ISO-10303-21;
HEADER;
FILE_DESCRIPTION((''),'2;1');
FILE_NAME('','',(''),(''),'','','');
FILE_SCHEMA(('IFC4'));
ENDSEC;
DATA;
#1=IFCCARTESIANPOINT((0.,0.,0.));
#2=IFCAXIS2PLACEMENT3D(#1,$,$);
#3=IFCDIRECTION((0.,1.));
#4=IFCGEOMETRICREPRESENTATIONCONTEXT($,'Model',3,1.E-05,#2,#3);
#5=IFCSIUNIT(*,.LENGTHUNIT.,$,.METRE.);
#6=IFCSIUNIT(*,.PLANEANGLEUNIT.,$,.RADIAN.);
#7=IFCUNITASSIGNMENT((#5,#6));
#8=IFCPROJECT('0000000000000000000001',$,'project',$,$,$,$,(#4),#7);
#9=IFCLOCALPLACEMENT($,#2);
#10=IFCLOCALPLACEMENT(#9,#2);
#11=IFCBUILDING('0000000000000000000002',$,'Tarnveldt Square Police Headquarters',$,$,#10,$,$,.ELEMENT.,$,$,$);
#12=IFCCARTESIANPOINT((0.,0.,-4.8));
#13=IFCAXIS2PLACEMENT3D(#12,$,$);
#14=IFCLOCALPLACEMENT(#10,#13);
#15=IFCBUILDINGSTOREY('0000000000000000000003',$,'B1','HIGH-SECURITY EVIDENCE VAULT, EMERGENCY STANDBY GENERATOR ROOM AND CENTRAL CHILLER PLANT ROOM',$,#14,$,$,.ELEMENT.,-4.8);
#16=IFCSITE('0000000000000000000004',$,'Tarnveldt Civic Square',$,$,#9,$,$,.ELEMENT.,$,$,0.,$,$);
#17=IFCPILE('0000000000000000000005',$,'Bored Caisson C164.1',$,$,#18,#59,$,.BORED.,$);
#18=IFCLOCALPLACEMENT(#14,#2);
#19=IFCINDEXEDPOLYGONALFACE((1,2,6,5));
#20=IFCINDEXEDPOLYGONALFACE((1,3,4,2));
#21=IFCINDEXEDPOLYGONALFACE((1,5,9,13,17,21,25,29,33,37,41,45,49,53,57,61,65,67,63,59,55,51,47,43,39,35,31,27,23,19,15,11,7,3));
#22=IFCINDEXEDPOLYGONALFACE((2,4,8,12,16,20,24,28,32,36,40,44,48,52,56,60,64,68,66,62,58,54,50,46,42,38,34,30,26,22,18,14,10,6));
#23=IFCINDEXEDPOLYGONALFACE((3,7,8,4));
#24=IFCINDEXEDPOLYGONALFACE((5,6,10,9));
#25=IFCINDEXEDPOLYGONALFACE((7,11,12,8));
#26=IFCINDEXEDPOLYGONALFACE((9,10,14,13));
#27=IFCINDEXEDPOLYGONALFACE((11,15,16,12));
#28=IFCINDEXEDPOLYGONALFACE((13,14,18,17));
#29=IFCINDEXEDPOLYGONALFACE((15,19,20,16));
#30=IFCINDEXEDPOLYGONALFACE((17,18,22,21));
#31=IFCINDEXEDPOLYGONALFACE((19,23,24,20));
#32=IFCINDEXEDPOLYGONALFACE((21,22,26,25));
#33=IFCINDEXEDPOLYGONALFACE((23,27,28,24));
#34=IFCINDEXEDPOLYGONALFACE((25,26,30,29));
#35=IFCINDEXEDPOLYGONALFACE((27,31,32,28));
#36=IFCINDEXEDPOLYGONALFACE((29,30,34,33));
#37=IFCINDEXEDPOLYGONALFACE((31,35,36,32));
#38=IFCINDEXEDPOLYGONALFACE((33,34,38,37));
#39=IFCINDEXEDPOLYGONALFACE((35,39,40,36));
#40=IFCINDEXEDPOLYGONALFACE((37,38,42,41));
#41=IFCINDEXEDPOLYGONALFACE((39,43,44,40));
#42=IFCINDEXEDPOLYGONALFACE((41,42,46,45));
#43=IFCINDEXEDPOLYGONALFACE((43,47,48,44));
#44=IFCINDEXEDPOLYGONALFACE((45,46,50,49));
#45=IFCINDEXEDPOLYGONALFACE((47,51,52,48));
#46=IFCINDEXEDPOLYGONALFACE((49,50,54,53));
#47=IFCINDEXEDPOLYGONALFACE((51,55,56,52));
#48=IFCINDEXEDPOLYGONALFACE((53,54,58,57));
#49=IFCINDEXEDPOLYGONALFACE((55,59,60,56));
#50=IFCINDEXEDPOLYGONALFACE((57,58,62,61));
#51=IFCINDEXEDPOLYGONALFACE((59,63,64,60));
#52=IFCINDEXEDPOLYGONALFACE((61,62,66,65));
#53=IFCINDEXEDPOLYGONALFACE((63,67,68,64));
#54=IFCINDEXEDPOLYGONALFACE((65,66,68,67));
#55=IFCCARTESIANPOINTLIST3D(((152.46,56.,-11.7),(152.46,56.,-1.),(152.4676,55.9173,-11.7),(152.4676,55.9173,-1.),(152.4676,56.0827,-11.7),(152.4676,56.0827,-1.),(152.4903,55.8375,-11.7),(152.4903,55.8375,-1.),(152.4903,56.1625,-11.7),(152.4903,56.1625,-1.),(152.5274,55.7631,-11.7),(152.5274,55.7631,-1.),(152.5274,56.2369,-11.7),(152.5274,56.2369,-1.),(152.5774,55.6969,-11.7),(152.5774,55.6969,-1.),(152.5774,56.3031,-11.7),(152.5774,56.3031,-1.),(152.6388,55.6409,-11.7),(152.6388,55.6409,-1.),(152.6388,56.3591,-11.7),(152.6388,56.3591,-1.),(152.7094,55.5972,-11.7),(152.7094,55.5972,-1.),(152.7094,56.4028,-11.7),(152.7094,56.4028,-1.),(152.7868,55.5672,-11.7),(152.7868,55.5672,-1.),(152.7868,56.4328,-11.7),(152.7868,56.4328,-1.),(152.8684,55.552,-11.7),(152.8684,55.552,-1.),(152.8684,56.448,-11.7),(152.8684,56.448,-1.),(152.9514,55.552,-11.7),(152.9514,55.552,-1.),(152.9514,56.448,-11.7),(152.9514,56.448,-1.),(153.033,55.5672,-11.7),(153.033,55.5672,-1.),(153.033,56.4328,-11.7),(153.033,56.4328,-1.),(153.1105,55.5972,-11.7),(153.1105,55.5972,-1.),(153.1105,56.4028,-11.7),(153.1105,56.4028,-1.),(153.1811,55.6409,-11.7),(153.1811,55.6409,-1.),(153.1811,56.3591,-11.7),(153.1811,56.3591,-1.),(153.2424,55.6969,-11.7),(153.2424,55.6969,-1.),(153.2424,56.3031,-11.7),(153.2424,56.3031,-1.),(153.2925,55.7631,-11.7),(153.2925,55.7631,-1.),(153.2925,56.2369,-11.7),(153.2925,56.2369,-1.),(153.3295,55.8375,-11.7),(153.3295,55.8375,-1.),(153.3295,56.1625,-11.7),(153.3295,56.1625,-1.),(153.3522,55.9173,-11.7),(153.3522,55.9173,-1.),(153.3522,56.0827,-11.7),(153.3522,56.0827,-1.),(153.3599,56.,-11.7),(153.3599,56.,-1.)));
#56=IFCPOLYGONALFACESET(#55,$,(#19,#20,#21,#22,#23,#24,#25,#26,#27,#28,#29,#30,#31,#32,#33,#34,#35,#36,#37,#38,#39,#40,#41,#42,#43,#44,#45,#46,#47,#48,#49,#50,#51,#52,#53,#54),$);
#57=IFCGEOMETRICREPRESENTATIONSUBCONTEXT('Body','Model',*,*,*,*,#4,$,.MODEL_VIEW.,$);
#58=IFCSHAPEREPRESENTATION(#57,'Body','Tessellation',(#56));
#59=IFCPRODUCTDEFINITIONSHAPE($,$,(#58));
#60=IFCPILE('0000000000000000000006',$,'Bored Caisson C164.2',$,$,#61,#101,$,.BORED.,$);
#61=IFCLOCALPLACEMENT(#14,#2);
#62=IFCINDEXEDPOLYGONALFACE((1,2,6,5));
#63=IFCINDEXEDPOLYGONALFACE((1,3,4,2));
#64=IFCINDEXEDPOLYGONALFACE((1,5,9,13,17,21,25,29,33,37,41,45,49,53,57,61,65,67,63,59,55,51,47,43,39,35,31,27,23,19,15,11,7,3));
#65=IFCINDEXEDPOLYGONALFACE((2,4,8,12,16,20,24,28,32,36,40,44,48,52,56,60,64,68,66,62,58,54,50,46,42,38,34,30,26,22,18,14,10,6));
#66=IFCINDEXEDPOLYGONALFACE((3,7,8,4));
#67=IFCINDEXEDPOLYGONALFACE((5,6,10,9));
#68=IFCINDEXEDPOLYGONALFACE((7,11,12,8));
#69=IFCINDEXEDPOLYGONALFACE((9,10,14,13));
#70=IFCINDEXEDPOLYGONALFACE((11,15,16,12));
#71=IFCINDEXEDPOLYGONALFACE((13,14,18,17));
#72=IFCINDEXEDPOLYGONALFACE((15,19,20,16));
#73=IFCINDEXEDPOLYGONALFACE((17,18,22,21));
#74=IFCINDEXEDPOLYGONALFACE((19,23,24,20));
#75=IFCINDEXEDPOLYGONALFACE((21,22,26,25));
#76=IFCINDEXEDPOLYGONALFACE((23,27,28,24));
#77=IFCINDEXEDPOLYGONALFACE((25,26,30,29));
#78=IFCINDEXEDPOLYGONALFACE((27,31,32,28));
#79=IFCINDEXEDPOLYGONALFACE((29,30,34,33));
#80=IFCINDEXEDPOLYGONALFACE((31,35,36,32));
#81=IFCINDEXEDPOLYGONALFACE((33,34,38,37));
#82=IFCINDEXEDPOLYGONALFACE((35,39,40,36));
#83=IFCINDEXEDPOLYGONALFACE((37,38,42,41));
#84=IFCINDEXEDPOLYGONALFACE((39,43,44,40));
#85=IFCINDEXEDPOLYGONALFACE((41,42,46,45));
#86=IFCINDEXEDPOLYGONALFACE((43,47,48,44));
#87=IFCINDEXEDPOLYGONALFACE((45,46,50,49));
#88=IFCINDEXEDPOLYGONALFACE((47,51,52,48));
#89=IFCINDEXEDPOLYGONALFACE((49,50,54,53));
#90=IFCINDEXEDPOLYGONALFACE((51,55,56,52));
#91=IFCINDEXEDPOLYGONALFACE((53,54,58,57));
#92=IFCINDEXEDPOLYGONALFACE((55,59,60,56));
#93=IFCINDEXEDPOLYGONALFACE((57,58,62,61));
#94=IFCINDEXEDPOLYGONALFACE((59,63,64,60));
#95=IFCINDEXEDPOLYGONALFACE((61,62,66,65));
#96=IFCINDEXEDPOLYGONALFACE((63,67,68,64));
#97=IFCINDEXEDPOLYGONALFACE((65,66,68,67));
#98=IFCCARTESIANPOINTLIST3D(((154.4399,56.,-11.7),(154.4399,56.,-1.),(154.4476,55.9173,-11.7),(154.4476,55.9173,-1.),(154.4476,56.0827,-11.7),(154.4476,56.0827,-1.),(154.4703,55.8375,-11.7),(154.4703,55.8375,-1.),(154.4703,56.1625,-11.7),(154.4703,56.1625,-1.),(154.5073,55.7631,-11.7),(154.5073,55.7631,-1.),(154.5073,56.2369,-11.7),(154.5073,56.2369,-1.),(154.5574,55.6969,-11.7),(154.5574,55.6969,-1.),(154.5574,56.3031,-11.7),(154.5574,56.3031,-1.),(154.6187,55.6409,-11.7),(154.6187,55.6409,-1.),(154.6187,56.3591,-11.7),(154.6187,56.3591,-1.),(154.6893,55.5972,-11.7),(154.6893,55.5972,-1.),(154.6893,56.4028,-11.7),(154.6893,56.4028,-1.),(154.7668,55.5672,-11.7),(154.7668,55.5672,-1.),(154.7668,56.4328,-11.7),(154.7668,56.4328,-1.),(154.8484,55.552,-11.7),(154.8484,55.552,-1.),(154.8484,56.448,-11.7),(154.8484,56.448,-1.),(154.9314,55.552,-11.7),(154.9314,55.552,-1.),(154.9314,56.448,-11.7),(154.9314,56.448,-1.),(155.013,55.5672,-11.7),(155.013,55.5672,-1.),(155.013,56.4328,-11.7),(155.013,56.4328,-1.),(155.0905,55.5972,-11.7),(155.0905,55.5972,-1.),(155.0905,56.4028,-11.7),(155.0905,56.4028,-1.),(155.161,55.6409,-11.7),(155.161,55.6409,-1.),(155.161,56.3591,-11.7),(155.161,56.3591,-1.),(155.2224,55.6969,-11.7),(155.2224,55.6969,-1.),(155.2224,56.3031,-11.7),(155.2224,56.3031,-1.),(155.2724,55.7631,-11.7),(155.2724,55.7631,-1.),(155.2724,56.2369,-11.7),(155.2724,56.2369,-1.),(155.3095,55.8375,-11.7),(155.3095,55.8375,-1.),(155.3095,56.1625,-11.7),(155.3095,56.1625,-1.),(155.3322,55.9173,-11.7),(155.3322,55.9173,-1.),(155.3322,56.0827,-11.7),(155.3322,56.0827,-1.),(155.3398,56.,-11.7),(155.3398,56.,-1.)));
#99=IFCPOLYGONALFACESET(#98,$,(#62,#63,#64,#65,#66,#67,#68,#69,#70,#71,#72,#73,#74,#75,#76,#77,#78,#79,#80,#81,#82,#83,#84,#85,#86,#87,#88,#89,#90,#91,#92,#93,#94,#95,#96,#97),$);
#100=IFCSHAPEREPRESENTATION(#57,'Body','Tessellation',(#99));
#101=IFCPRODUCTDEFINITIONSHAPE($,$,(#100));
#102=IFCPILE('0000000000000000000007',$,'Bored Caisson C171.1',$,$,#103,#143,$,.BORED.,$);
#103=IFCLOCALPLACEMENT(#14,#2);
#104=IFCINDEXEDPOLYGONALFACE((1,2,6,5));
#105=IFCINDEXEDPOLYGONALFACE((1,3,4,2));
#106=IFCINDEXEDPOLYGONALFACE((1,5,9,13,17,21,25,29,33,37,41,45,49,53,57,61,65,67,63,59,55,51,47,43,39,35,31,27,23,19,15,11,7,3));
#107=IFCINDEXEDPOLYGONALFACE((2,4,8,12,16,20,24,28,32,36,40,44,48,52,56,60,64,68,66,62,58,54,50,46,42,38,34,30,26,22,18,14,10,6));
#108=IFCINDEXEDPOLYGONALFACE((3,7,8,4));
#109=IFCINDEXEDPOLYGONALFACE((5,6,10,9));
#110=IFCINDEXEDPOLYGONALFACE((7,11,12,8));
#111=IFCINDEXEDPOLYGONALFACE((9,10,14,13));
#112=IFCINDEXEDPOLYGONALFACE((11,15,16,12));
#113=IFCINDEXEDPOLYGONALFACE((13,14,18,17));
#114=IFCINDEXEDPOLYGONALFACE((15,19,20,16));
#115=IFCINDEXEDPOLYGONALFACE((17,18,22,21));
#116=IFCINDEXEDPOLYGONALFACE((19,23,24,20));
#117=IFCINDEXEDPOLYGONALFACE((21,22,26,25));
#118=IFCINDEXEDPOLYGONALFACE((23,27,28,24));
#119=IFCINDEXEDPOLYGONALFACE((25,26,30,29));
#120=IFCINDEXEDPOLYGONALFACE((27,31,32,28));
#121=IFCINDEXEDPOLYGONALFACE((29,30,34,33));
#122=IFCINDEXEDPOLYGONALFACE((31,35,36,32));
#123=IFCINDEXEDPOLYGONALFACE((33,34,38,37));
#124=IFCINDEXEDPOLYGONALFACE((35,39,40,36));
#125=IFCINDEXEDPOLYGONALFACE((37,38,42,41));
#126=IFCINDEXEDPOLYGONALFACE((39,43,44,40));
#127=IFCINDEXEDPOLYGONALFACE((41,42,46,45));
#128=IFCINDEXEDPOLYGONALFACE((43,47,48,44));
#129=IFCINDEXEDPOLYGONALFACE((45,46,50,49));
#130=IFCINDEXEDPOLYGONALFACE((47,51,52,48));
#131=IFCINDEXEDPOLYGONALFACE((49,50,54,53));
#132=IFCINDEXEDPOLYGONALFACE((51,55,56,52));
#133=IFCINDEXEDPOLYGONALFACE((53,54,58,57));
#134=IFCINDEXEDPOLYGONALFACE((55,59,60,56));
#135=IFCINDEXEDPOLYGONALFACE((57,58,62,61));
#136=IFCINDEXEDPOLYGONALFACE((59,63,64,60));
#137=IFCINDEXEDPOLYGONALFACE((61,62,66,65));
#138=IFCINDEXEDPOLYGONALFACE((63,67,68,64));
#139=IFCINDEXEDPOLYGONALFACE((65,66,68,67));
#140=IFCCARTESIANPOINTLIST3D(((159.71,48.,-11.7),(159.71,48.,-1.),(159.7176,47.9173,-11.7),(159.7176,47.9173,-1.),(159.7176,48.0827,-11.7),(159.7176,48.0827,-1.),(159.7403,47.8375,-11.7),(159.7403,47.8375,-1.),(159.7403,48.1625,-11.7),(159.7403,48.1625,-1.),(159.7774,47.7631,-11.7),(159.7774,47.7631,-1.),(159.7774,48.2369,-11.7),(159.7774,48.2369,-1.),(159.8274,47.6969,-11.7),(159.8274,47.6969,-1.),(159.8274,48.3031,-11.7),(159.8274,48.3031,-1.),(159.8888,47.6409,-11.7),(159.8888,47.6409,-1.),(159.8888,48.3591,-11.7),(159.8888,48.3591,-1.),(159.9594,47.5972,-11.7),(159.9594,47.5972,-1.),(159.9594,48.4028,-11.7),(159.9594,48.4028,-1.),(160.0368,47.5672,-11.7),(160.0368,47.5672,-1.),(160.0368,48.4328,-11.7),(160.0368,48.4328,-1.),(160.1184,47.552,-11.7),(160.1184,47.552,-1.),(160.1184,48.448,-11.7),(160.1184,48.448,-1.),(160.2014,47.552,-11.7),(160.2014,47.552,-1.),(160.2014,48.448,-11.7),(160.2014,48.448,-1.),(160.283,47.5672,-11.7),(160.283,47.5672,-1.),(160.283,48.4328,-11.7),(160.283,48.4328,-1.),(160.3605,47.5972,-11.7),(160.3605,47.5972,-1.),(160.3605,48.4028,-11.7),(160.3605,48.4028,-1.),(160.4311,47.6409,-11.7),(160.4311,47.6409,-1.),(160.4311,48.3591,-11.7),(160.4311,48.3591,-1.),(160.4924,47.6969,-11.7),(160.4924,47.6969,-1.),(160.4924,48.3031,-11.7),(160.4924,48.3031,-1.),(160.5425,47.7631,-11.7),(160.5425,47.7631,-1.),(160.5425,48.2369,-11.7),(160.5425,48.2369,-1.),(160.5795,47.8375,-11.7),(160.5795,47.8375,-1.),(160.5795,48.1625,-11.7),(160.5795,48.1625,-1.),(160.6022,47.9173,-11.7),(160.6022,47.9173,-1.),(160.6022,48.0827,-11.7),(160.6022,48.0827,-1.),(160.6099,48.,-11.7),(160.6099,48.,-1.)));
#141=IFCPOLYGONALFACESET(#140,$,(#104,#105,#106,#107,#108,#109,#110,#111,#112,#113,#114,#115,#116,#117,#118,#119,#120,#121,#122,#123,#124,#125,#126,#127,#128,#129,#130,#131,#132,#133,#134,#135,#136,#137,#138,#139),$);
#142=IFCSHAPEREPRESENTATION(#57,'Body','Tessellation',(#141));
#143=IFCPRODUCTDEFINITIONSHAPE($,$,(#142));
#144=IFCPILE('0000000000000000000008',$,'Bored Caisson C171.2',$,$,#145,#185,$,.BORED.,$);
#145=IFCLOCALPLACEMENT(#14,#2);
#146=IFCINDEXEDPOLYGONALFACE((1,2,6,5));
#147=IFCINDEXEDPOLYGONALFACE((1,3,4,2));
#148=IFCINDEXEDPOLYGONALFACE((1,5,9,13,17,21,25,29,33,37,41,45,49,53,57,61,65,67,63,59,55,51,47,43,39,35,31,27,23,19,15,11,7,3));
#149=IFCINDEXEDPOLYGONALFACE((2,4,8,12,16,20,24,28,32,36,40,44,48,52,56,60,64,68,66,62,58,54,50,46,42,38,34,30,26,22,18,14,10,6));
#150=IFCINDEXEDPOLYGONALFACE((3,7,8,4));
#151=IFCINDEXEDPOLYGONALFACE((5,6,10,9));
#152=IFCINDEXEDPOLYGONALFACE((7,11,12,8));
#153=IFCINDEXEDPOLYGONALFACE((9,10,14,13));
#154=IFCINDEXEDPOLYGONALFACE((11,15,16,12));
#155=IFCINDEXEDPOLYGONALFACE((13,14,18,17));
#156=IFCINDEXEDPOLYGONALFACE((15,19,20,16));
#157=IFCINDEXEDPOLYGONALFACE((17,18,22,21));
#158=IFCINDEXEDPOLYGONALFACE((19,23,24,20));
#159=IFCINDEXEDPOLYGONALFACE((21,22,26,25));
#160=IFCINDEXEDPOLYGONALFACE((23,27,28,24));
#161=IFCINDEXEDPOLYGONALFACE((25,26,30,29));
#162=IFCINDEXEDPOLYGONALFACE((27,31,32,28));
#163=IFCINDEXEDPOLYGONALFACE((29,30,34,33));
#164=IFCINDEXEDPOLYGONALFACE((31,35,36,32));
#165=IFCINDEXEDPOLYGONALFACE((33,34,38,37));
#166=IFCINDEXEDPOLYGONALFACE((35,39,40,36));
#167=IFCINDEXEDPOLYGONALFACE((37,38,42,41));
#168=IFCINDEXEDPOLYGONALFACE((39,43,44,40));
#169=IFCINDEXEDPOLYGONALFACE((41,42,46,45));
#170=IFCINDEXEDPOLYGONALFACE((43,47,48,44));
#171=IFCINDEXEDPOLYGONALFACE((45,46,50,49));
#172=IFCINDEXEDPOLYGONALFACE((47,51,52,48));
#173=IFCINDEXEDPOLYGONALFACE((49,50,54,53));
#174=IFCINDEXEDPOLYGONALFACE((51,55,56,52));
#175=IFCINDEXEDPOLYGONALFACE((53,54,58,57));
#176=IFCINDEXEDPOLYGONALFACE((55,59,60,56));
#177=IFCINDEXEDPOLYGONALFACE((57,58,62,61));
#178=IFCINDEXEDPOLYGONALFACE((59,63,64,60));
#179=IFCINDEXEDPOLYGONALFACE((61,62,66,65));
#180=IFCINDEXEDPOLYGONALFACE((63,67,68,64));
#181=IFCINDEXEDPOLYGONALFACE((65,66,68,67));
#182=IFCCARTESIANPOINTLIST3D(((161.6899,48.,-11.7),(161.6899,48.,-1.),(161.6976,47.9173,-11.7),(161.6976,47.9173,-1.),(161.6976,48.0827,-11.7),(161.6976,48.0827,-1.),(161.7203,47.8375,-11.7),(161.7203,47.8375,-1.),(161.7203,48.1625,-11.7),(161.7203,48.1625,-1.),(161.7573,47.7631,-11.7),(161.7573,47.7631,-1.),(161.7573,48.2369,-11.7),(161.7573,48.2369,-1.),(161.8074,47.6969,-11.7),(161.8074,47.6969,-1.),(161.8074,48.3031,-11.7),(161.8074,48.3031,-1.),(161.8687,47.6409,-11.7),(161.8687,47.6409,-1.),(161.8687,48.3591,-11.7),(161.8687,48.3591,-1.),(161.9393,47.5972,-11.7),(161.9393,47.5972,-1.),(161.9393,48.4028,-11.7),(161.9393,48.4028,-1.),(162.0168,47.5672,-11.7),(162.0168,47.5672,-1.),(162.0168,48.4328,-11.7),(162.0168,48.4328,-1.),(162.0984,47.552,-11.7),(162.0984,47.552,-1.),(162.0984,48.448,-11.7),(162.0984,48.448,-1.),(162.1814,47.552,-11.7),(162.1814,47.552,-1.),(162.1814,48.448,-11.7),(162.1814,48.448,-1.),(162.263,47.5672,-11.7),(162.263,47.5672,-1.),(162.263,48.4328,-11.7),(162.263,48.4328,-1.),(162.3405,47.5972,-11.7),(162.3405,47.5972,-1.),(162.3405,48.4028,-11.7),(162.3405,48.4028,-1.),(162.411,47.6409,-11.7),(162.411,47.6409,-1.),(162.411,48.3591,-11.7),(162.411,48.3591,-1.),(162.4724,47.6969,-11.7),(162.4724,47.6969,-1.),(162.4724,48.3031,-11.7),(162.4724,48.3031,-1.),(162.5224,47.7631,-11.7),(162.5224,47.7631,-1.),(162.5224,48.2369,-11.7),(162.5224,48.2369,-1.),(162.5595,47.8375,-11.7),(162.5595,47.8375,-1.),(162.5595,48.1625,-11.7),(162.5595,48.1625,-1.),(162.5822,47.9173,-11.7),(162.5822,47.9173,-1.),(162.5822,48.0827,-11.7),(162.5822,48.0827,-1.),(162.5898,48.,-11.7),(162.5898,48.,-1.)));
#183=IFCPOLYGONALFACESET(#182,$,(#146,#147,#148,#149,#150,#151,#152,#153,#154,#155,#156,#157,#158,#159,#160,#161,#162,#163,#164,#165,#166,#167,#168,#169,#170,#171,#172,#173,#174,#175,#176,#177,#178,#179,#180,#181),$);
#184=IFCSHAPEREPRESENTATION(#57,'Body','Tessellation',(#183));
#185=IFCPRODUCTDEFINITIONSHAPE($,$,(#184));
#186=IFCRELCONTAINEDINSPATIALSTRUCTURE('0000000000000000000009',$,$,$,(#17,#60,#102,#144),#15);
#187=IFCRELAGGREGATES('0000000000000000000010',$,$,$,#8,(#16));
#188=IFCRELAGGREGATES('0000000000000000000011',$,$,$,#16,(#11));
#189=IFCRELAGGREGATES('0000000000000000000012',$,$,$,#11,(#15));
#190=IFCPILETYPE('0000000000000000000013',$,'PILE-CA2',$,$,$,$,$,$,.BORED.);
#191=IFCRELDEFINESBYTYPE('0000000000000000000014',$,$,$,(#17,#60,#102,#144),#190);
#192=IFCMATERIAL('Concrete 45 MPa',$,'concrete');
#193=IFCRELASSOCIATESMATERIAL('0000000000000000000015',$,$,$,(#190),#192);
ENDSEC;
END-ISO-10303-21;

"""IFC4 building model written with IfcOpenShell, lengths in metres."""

from ifc_helpers import new_model, si_unit, direction, frame, origin, origin_2d, place, context, subcontext, project, spatial, circle, extrude, material, material_profile, profile_set, type_object, element, save


model = new_model("IFC4")

# Units and contexts
model_context = context("Model", 3, precision=1e-05, world=origin(), true_north=direction((0.0, 1.0)))
body_context = subcontext(model_context, "Body", "Model", "MODEL_VIEW")
ifc_project = project(units=[si_unit("LENGTHUNIT", "METRE"), si_unit("PLANEANGLEUNIT", "RADIAN")], contexts=[model_context])

# Site, building, storey
site_placement = place(None, origin())
site = spatial("IfcSite", under=ifc_project, at=site_placement, Name="Tarnveldt Civic Square", CompositionType="ELEMENT", RefElevation=0.0)
building_placement = place(site_placement, origin())
building = spatial("IfcBuilding", under=site, at=building_placement, Name="Tarnveldt Square Police Headquarters", CompositionType="ELEMENT")
storey_placement = place(building_placement, frame((0.0, 0.0, -4.8)))
storey = spatial("IfcBuildingStorey", under=building, at=storey_placement, Name="B1", Description="HIGH-SECURITY EVIDENCE VAULT, EMERGENCY STANDBY GENERATOR ROOM AND CENTRAL CHILLER PLANT ROOM", CompositionType="ELEMENT", Elevation=-4.8)

# Shared definitions
ifc_material_1 = material(Name="Concrete 45 MPa", Category="concrete")

# Piles
ifc_material_profile_1 = material_profile(ifc_material_1, circle(Radius=0.45, at=origin_2d()), Name="CAISSON-D900")
ifc_profile_set_1 = profile_set([ifc_material_profile_1], Name="Concrete 45 MPa")
pile_type_1 = type_object("IfcPileType", Name="PILE-CA2", PredefinedType="BORED", material=ifc_profile_set_1)
for number, where, z_axis, x_axis, name in (
    (1, (152.9099, 56.0, -1.0), (0.0, 0.0, -1.0), (1.0, 0.0, 0.0), "Bored Caisson C164.1"),
    (2, (154.8899, 56.0, -1.0), (0.0, 0.0, -1.0), (1.0, 0.0, 0.0), "Bored Caisson C164.2"),
    (3, (160.1599, 48.0, -1.0), (0.0, 0.0, -1.0), (1.0, 0.0, 0.0), "Bored Caisson C171.1"),
    (4, (162.1399, 48.0, -1.0), (0.0, 0.0, -1.0), (1.0, 0.0, 0.0), "Bored Caisson C171.2"),
):
    element("IfcPile", number, at=place(storey_placement, frame(where, z_axis=z_axis, x_axis=x_axis)), inside=storey, type_object=pile_type_1, Name=name, PredefinedType="BORED", context=body_context, shape_type="SweptSolid", body=[
        extrude(circle(Radius=0.45, at=origin_2d()), origin(), (0.0, 0.0, 1.0), 10.7),
    ])

save(model, "model.ifc")
